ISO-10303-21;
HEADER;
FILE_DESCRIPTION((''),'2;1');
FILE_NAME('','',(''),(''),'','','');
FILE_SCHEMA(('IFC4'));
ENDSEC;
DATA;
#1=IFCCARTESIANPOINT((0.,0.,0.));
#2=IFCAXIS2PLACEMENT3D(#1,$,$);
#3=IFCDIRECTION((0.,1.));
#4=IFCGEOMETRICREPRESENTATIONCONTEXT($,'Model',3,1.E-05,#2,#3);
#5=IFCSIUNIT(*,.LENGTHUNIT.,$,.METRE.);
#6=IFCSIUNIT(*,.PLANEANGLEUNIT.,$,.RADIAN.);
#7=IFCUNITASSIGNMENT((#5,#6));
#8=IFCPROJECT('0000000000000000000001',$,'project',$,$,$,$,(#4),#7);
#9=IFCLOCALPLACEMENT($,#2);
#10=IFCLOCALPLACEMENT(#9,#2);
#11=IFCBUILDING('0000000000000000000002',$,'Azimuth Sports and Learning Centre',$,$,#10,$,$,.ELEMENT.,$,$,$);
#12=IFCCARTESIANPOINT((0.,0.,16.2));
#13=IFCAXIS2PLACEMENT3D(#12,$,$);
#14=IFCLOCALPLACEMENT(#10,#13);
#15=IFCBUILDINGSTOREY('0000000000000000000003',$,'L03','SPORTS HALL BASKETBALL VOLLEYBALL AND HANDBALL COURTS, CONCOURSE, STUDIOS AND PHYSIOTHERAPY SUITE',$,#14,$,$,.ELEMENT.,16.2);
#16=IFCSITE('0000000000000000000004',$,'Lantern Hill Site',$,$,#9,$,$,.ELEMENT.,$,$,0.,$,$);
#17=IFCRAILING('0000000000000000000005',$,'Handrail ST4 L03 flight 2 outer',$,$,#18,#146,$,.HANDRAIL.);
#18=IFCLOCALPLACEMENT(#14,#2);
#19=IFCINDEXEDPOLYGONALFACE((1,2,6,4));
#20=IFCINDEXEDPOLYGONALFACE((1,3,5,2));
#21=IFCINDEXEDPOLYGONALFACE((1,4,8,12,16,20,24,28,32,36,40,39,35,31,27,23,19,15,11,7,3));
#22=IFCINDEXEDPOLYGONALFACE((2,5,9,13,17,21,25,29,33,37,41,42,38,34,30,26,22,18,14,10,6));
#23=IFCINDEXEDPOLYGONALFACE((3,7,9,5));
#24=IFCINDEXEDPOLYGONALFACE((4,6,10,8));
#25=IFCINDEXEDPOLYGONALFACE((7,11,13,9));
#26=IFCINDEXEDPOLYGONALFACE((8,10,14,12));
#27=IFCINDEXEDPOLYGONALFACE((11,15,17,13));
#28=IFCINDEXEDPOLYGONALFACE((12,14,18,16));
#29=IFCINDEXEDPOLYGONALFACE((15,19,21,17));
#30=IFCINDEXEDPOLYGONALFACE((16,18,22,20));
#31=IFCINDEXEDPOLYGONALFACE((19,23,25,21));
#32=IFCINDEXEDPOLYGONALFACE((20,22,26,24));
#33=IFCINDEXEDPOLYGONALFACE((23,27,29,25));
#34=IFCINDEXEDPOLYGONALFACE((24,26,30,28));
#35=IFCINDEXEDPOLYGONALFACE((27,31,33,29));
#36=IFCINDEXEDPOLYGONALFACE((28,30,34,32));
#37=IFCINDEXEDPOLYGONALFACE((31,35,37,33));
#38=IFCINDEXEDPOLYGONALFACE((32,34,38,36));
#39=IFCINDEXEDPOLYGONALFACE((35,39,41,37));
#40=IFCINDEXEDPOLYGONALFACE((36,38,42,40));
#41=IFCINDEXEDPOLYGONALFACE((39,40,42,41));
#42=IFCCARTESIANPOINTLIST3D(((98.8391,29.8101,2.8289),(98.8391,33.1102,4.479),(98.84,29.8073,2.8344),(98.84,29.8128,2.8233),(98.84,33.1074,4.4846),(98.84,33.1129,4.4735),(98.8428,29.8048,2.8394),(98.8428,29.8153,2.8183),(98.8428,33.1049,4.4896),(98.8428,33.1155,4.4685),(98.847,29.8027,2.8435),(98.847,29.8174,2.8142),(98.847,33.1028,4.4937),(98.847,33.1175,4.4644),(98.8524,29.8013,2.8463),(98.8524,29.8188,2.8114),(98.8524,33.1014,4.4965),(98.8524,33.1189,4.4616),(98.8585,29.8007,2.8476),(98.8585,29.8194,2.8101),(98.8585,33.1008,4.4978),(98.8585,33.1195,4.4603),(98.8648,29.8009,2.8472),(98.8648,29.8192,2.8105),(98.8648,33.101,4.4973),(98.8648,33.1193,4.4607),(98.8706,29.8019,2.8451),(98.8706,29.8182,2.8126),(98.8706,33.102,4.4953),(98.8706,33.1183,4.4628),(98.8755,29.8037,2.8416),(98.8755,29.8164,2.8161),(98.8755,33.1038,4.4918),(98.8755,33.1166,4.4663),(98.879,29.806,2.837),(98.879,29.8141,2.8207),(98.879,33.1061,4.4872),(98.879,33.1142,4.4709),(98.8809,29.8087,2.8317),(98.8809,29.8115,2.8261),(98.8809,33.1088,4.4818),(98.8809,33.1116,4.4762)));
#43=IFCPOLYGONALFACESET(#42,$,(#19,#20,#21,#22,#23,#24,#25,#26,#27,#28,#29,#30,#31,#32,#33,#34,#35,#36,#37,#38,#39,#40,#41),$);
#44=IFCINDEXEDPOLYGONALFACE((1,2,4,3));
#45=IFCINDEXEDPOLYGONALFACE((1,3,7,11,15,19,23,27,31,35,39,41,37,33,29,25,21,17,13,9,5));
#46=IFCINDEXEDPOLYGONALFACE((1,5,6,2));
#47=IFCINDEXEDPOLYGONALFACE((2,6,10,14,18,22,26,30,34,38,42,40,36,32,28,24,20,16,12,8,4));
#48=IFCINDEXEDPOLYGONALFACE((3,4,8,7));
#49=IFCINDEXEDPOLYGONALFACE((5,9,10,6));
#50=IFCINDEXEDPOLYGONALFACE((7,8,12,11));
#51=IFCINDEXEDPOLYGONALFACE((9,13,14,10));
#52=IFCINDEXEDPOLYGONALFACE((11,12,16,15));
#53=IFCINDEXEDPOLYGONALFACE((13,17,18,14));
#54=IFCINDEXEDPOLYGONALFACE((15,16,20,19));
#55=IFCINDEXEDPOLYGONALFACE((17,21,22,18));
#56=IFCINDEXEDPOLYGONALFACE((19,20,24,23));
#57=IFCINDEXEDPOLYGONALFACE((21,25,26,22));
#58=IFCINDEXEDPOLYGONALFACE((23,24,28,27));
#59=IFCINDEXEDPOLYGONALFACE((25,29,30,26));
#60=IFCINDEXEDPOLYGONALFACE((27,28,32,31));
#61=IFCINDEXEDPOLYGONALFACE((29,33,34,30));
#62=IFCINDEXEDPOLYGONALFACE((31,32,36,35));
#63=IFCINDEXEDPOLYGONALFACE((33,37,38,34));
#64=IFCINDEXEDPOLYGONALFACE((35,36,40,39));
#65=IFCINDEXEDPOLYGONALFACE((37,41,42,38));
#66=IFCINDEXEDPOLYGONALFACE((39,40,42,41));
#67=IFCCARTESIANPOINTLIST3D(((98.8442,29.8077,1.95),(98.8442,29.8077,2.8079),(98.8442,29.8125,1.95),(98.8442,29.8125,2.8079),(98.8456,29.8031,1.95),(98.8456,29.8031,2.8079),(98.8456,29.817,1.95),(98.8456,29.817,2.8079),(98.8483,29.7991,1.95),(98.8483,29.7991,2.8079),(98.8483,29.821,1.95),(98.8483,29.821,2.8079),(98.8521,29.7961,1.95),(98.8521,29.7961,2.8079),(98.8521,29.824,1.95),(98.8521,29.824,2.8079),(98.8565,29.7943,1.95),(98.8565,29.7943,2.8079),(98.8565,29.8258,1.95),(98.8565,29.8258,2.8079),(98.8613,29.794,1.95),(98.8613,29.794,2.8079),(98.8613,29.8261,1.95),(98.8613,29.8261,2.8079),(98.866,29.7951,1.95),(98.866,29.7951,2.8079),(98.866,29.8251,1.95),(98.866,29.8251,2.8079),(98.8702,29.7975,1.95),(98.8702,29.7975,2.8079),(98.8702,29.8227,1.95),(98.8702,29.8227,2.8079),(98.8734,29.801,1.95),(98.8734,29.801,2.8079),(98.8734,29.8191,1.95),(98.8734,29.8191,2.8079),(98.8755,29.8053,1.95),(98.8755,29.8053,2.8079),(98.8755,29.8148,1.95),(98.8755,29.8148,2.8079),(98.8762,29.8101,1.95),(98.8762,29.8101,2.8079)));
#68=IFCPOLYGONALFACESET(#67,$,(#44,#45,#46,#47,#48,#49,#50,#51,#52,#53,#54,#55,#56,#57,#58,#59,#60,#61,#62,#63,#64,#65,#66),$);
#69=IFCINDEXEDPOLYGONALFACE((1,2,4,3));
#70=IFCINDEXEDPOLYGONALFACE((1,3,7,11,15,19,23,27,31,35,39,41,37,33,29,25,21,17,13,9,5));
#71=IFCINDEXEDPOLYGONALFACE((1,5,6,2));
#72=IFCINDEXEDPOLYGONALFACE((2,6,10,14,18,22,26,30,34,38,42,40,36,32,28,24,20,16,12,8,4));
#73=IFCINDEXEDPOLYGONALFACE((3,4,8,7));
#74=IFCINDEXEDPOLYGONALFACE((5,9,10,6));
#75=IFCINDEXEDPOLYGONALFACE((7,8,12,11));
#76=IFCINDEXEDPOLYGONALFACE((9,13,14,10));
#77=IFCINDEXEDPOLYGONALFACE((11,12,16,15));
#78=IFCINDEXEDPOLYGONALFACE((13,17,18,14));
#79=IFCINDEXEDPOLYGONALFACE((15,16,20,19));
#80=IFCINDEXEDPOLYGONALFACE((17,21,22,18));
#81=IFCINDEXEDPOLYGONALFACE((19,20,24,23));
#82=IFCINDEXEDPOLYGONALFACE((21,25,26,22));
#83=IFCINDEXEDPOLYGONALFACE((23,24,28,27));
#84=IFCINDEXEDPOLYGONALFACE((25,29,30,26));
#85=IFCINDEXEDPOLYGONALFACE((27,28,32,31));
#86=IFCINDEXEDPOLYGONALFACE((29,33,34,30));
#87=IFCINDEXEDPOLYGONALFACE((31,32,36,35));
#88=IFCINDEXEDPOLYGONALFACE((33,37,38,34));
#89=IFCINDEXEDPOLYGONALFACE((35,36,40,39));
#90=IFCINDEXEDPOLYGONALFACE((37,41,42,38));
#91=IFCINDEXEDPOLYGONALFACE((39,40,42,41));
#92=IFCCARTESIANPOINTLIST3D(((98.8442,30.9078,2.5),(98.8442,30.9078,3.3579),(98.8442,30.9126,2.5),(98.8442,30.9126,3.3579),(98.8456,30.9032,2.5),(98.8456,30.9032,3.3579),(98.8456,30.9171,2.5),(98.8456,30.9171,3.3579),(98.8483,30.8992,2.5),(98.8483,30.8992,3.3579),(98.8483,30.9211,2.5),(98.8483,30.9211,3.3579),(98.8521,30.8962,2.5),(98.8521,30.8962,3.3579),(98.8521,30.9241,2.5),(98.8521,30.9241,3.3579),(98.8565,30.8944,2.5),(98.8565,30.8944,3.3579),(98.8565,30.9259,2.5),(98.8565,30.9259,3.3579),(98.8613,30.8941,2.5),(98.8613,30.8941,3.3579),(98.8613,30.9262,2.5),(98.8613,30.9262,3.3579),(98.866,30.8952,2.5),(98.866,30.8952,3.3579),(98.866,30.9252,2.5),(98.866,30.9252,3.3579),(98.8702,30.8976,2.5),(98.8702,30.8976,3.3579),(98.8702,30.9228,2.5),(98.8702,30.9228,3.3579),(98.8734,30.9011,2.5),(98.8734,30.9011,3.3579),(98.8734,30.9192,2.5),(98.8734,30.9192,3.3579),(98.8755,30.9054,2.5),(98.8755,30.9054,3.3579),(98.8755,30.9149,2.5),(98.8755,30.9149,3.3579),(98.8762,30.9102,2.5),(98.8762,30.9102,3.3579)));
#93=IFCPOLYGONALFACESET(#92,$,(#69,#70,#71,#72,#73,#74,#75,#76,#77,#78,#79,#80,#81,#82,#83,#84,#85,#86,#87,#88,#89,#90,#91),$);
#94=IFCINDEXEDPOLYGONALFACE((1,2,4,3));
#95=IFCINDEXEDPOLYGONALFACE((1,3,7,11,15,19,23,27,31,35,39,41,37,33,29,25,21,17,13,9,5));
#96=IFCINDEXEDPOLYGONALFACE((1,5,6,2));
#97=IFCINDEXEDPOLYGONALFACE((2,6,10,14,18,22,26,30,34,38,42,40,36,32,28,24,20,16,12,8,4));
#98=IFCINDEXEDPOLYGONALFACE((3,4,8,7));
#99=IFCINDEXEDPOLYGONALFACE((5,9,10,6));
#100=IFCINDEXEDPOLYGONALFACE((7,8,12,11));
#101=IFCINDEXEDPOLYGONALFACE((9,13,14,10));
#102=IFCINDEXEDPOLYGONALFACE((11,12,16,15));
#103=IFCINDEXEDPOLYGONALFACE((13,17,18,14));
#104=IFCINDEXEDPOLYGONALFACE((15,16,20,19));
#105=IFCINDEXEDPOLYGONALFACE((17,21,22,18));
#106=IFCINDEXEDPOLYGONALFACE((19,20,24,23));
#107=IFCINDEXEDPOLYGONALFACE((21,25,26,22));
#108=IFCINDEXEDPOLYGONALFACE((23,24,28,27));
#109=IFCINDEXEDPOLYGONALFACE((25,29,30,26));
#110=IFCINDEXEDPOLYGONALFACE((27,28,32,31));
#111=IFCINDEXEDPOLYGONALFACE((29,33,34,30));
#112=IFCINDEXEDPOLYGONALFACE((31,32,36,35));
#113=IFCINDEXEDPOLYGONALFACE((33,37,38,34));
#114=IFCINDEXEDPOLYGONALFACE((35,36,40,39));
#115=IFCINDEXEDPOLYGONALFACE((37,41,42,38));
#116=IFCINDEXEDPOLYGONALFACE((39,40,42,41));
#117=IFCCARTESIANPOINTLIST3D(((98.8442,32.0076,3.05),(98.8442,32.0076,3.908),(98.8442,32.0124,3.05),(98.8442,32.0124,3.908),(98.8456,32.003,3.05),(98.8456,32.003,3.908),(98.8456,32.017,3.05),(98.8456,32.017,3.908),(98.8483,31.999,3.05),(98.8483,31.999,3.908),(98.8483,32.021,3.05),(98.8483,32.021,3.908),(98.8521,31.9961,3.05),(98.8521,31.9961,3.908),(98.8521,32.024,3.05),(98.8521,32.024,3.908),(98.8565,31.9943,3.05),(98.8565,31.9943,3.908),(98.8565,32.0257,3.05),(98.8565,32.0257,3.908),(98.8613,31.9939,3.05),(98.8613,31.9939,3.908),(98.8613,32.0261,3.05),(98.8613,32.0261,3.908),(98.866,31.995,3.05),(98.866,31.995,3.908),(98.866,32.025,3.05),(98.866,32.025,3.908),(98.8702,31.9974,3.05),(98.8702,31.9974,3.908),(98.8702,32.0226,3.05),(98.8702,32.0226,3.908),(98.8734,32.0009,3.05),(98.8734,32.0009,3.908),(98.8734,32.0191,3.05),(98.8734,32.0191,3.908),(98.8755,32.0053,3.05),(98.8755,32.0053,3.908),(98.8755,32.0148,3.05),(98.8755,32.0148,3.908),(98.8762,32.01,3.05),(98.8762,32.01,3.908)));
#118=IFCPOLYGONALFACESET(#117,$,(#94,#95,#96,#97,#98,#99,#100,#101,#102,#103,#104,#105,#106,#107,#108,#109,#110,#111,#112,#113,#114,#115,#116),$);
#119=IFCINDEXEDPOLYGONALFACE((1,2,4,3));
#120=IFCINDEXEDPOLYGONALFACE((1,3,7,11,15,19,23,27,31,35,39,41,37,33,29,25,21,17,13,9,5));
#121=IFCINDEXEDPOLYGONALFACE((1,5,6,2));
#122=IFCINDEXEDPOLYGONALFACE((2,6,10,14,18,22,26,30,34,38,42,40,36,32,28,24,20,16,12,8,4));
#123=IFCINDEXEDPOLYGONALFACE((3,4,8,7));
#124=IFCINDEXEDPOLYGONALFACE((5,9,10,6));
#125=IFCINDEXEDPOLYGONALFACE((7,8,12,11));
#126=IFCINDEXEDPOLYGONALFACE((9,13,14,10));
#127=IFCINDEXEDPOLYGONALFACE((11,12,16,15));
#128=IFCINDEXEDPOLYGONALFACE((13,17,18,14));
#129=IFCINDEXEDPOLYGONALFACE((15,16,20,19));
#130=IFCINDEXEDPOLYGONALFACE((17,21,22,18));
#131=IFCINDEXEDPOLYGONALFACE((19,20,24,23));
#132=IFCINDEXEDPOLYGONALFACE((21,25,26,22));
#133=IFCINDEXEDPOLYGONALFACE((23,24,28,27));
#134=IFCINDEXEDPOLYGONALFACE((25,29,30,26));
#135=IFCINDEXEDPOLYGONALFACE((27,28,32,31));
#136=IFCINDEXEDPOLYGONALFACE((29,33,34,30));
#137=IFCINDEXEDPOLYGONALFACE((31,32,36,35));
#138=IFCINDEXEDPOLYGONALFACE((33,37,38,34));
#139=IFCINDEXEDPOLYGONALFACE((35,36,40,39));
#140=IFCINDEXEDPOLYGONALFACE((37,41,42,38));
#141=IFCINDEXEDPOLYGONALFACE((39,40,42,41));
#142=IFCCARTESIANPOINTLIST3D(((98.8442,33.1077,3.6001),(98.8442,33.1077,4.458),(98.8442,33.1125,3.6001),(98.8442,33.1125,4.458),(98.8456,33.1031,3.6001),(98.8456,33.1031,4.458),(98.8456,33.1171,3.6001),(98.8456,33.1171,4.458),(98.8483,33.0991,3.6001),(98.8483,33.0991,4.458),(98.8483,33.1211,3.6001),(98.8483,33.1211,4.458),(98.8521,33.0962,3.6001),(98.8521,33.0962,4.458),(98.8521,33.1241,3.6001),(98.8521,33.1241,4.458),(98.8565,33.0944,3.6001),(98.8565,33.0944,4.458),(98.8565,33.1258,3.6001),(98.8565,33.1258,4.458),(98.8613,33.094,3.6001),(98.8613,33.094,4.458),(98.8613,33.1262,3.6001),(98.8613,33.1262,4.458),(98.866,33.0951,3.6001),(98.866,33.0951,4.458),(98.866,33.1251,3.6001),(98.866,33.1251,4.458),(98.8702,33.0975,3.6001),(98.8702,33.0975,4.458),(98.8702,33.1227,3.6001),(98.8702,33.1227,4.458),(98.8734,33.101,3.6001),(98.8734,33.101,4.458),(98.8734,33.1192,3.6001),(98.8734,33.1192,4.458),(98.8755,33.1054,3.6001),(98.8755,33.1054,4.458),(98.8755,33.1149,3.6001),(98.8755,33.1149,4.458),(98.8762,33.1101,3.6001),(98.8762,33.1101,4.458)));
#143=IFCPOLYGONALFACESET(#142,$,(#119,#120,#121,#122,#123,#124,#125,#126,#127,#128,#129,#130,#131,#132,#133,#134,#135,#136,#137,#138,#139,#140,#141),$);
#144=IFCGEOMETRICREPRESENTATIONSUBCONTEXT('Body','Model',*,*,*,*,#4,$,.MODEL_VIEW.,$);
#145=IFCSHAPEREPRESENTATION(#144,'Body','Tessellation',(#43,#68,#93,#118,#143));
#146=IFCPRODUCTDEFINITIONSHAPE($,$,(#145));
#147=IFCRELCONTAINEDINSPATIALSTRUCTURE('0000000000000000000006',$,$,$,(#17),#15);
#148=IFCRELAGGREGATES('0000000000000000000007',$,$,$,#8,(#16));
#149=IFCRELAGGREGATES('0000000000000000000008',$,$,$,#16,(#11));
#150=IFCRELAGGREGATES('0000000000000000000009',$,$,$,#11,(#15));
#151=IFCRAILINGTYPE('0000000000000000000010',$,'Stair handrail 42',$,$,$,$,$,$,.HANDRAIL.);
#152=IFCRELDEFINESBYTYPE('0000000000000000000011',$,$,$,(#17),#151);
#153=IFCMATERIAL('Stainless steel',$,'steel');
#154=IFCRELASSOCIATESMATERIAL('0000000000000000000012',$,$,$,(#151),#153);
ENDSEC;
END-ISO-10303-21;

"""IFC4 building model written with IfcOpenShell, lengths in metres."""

from ifc_helpers import new_model, si_unit, direction, frame, origin, origin_2d, place, context, subcontext, project, spatial, circle, extrude, material, type_object, element, save


model = new_model("IFC4")

# Units and contexts
model_context = context("Model", 3, precision=1e-05, world=origin(), true_north=direction((0.0, 1.0)))
body_context = subcontext(model_context, "Body", "Model", "MODEL_VIEW")
ifc_project = project(units=[si_unit("LENGTHUNIT", "METRE"), si_unit("PLANEANGLEUNIT", "RADIAN")], contexts=[model_context])

# Site, building, storey
site_placement = place(None, origin())
site = spatial("IfcSite", under=ifc_project, at=site_placement, Name="Lantern Hill Site", CompositionType="ELEMENT", RefElevation=0.0)
building_placement = place(site_placement, origin())
building = spatial("IfcBuilding", under=site, at=building_placement, Name="Azimuth Sports and Learning Centre", CompositionType="ELEMENT")
storey_placement = place(building_placement, frame((0.0, 0.0, 16.2)))
storey = spatial("IfcBuildingStorey", under=building, at=storey_placement, Name="L03", Description="SPORTS HALL BASKETBALL VOLLEYBALL AND HANDBALL COURTS, CONCOURSE, STUDIOS AND PHYSIOTHERAPY SUITE", CompositionType="ELEMENT", Elevation=16.2)

# Railing
ifc_material_1 = material(Name="Stainless steel", Category="steel")
railing_type_1 = type_object("IfcRailingType", Name="Stair handrail 42", PredefinedType="HANDRAIL", material=ifc_material_1)
for number, where, name in (
    (1, (98.8601, 29.8101, 1.95), "Handrail ST4 L03 flight 2 outer"),
):
    element("IfcRailing", number, at=place(storey_placement, frame(where)), inside=storey, type_object=railing_type_1, Name=name, PredefinedType="HANDRAIL", context=body_context, shape_type="SweptSolid", body=[
        extrude(circle(Radius=0.021, at=origin_2d()), frame((0.0, 0.0, 0.8789), z_axis=(0.0, 0.894414, 0.44724), x_axis=(-1.0, 0.0, 0.0)), (0.0, 0.0, 1.0), 3.6897),
        extrude(circle(Radius=0.0161, at=origin_2d()), origin(), (0.0, 0.0, 1.0), 0.8579),
        extrude(circle(Radius=0.0161, at=origin_2d()), frame((0.0, 1.1001, 0.55)), (0.0, 0.0, 1.0), 0.8579),
        extrude(circle(Radius=0.0161, at=origin_2d()), frame((0.0, 2.2, 1.1001)), (0.0, 0.0, 1.0), 0.8579),
        extrude(circle(Radius=0.0161, at=origin_2d()), frame((0.0, 3.3, 1.6501)), (0.0, 0.0, 1.0), 0.8579),
    ])

save(model, "model.ifc")
